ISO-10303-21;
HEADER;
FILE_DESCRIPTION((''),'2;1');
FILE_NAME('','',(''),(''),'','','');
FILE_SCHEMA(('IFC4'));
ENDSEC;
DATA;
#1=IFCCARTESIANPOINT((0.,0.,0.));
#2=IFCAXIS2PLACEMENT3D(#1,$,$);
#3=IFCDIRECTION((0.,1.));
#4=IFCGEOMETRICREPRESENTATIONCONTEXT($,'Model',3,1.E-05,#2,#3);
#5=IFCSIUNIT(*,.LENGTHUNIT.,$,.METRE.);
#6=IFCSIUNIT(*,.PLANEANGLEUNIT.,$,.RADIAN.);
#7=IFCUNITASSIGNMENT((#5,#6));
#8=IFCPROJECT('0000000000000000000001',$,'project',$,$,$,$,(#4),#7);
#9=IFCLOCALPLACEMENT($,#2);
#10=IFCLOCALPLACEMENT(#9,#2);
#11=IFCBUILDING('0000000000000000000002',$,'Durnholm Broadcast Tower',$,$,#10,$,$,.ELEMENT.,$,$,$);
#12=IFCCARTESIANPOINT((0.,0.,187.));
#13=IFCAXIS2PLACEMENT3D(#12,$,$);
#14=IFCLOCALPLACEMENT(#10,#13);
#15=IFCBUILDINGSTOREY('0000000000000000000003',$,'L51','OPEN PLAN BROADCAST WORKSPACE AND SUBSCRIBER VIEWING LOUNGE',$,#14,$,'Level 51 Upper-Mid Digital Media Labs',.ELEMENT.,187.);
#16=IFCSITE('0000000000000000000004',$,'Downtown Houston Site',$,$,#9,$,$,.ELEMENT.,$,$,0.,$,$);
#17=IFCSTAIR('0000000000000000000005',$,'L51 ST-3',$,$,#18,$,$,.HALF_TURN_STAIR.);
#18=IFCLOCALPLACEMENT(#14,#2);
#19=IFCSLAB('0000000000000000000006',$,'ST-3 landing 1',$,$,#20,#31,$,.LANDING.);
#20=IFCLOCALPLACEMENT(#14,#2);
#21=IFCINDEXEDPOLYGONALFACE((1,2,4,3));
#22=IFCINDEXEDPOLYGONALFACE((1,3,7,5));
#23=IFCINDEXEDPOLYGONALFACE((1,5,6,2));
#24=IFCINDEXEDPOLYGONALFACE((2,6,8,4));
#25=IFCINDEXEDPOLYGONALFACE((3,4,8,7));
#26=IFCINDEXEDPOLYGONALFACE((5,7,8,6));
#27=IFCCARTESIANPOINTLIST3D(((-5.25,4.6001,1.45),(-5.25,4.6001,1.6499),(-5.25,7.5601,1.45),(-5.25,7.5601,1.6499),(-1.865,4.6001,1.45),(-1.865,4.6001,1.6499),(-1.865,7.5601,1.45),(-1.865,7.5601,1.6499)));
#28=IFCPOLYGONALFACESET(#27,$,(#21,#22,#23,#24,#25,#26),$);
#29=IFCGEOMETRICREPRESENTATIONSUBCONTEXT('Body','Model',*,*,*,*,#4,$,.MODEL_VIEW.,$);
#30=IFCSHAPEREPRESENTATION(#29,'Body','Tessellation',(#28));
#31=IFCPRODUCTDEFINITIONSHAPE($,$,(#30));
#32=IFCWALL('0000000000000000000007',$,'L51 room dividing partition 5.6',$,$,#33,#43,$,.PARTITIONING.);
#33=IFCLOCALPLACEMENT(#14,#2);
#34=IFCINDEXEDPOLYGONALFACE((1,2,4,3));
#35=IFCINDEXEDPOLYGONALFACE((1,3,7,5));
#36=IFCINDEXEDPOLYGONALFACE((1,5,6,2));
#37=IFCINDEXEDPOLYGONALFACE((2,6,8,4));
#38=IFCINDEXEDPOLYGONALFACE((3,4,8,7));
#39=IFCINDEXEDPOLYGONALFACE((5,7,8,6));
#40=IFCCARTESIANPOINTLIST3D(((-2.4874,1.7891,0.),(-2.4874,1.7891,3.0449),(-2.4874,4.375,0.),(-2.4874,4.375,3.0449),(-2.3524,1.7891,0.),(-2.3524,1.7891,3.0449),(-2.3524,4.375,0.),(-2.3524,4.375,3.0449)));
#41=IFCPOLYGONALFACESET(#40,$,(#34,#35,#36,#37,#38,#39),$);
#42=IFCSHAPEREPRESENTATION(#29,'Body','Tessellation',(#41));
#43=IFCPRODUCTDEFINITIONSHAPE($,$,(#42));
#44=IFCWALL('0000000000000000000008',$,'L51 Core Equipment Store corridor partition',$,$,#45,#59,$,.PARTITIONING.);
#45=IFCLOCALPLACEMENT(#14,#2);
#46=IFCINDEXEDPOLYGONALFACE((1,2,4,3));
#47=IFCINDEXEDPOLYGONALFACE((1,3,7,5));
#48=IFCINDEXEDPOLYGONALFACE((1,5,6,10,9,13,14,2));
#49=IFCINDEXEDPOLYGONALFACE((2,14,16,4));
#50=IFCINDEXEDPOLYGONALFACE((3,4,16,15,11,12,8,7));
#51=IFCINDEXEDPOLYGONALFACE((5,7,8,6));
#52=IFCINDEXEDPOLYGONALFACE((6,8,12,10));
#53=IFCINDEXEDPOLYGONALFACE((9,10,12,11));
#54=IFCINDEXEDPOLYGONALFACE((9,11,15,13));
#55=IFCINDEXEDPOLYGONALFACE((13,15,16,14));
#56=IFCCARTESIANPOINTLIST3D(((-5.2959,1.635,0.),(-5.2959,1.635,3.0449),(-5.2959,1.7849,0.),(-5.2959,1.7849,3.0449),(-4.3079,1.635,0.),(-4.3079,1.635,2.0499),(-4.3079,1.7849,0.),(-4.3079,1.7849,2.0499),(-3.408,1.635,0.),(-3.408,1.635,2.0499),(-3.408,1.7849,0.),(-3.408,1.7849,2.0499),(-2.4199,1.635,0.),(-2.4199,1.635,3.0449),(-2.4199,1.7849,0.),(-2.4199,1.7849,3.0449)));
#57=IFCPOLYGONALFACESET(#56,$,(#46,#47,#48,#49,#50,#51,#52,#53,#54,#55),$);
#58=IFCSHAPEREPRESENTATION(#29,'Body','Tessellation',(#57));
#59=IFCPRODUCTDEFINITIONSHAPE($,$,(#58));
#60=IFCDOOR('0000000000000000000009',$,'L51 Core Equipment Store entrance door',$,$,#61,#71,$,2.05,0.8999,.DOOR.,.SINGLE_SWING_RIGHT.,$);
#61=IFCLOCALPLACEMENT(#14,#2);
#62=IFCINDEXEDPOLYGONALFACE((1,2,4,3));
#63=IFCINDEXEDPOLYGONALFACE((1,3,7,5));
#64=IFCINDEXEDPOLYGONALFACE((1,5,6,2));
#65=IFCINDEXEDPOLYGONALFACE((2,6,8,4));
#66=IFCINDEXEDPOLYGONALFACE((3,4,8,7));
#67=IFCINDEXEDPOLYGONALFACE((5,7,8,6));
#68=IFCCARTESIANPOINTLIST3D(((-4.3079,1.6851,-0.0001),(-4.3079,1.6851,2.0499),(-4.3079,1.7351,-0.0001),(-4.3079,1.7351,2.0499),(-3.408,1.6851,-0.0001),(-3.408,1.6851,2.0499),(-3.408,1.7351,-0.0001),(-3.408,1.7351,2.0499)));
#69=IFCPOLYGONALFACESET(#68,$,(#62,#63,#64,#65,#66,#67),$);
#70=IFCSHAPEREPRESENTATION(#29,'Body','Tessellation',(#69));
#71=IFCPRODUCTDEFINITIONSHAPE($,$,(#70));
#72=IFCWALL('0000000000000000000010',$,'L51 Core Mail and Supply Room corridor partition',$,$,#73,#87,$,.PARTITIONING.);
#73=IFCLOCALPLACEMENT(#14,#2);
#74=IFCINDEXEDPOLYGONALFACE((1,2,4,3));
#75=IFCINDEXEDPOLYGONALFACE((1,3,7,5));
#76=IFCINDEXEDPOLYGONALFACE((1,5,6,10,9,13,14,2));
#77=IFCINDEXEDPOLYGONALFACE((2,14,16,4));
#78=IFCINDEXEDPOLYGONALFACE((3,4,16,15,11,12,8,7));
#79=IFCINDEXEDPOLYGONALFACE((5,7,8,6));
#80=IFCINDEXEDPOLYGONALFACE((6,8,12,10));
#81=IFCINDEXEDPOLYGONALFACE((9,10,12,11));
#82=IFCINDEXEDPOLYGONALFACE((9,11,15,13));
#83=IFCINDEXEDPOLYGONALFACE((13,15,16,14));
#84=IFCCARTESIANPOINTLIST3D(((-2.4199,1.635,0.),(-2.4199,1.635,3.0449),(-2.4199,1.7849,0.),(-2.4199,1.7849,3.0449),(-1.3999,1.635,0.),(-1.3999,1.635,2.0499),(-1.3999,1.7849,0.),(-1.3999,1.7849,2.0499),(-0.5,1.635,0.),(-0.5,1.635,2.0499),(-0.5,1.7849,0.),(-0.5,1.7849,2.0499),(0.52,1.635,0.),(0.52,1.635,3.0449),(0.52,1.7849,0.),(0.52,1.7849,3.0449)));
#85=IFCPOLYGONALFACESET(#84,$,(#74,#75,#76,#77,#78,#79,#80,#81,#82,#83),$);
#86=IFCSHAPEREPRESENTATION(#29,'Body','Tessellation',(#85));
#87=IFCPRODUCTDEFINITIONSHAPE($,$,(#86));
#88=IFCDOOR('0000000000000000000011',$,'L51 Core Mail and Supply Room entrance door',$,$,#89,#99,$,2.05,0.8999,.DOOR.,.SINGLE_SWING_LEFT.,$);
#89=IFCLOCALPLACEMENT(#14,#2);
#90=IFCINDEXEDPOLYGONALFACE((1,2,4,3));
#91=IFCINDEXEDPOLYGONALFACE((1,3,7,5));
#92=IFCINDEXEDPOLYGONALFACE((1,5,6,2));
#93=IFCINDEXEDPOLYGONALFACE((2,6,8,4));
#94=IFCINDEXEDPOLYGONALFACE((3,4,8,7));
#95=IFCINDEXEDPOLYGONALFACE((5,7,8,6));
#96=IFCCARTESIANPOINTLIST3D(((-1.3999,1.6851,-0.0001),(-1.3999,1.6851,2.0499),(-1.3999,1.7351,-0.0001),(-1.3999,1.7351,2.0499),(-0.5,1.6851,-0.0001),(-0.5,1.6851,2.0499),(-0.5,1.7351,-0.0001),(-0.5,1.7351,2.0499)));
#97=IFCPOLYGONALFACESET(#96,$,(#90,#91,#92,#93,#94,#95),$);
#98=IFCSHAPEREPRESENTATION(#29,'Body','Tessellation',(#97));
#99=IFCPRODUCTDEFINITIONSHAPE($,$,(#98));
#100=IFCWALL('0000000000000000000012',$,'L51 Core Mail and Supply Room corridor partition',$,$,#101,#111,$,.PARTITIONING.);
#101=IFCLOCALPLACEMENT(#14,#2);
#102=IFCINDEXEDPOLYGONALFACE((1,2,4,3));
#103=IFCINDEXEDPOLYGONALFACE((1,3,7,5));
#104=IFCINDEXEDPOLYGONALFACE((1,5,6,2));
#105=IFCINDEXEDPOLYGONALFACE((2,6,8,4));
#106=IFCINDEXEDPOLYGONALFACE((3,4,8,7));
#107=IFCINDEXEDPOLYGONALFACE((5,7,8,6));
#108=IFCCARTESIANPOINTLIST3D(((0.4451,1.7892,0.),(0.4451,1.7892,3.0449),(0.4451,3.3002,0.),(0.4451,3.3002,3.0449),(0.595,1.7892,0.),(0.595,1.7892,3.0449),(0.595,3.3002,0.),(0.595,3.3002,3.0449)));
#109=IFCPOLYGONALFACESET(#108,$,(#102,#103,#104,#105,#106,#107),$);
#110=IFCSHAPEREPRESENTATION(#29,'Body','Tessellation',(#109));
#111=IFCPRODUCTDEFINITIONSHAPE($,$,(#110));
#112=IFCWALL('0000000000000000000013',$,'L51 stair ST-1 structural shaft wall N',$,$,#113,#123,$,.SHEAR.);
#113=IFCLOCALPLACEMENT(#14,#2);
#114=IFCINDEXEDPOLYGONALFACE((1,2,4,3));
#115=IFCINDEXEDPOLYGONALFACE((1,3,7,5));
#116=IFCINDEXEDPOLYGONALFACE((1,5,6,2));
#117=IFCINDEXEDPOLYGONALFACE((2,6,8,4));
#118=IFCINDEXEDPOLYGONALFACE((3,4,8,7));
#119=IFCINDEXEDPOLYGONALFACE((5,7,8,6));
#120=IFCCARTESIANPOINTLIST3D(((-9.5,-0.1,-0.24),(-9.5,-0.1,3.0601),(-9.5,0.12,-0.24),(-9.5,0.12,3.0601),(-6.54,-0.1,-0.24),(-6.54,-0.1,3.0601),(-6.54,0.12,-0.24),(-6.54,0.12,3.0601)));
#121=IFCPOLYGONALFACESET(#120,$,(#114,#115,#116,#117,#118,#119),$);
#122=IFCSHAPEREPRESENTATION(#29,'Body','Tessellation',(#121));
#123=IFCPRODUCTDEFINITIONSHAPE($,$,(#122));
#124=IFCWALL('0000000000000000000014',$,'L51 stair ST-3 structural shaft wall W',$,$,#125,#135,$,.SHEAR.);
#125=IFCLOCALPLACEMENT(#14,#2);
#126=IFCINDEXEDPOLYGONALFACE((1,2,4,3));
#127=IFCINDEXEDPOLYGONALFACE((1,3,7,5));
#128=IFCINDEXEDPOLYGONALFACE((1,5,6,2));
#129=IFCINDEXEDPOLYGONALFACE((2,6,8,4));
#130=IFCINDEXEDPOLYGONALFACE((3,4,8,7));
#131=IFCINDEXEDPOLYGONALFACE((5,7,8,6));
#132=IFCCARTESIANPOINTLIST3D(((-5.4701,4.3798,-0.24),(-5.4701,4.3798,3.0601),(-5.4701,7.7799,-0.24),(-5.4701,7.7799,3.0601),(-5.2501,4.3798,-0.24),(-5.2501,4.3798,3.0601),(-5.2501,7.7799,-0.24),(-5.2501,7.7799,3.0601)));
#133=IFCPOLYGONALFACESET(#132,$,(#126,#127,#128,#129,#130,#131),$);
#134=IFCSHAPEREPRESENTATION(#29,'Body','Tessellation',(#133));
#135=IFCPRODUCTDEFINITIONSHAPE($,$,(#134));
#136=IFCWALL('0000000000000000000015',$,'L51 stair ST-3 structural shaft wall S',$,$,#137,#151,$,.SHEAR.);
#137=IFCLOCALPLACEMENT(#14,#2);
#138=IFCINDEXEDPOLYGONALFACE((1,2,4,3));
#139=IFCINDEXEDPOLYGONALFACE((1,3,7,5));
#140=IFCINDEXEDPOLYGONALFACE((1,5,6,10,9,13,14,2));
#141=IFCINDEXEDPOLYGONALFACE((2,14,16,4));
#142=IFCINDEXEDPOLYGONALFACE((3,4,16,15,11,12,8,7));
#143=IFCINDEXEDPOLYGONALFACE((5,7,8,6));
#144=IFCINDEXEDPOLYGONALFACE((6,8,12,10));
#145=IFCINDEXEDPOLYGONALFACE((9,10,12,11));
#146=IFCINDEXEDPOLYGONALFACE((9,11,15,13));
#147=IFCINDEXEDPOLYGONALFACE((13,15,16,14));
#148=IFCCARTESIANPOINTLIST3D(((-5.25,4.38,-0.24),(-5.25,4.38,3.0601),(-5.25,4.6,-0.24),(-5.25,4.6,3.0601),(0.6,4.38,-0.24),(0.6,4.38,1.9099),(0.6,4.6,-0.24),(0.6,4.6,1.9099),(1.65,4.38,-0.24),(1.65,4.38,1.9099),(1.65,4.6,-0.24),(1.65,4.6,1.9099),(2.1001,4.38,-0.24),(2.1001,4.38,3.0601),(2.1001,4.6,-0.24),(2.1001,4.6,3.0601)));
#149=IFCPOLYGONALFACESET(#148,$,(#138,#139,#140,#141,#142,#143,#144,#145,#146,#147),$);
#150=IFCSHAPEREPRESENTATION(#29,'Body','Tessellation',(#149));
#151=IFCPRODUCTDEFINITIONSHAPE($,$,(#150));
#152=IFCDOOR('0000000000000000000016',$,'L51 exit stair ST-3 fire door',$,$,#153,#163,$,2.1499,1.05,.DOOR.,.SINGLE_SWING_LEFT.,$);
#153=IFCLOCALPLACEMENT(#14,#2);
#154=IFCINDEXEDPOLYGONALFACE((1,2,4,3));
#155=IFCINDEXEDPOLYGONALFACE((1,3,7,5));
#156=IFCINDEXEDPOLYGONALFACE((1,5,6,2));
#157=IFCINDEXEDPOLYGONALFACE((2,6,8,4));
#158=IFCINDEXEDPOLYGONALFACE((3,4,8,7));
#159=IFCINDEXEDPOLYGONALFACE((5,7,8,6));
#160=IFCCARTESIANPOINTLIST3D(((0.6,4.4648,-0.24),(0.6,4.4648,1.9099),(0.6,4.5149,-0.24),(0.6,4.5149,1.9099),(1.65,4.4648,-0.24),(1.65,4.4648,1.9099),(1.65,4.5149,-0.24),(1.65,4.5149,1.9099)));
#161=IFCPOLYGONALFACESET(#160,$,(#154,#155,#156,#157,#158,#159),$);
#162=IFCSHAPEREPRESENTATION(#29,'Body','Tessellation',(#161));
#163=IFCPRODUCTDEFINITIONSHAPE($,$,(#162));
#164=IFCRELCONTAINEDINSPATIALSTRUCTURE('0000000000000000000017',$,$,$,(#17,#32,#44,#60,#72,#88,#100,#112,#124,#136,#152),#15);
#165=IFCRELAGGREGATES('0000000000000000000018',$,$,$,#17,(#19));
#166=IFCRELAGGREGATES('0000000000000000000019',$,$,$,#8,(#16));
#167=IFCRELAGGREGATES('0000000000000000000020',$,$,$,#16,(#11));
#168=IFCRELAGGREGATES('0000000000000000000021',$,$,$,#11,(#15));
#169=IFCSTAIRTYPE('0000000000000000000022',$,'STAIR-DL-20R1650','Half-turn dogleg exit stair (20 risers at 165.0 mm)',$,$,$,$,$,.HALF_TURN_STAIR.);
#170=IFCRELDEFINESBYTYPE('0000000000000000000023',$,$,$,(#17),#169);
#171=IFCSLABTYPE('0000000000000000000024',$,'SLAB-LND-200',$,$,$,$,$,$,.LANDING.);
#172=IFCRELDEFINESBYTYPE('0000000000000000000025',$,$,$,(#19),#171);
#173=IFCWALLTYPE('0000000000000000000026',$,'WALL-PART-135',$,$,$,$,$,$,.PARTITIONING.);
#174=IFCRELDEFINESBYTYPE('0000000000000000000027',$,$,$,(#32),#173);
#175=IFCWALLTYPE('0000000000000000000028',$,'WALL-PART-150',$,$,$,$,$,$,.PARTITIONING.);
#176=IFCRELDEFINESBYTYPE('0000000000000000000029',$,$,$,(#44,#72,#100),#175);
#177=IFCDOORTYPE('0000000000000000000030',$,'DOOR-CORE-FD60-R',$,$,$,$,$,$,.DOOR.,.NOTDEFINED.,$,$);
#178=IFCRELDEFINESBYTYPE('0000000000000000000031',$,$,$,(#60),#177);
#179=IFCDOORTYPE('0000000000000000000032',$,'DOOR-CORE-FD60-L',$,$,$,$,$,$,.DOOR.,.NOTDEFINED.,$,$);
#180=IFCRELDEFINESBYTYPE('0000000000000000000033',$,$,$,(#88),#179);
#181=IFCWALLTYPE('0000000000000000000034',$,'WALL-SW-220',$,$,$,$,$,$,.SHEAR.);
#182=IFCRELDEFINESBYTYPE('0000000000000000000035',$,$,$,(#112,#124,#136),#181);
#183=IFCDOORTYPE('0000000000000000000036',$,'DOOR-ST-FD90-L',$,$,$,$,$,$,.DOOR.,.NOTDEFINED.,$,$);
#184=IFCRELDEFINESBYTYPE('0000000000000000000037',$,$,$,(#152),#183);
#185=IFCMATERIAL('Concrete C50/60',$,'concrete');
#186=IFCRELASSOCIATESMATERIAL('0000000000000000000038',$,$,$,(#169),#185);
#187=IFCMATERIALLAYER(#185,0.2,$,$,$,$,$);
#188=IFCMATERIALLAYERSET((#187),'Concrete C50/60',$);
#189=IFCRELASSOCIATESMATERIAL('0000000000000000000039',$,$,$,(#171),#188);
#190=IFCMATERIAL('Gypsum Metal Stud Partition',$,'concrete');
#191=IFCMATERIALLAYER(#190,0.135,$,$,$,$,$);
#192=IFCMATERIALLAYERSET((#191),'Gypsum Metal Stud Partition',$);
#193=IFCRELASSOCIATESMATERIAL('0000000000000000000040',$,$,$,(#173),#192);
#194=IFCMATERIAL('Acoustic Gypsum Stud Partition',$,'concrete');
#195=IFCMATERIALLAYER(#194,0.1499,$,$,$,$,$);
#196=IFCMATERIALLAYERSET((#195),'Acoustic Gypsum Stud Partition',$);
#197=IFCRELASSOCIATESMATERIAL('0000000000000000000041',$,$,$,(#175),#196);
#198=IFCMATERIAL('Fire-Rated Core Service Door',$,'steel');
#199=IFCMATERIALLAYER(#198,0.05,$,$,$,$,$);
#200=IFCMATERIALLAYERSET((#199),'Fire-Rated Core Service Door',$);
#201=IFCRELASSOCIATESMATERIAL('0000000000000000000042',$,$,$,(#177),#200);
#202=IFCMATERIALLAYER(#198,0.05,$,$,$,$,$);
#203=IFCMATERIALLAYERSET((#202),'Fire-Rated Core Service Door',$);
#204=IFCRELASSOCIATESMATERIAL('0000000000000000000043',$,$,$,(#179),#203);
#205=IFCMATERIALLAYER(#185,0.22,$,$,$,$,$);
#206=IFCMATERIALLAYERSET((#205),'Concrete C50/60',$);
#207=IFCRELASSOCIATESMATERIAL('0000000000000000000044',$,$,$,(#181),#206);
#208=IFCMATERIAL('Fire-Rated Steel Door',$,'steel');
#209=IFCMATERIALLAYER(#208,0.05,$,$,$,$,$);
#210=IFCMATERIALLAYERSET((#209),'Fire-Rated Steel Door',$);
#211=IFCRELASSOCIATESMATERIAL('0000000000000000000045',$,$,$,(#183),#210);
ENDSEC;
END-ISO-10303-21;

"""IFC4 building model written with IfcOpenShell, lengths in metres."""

from ifc_helpers import new_model, si_unit, direction, frame, frame_2d, origin, place, context, subcontext, project, spatial, polyline, rectangle, outline, extrude, source, transform, mapped, material, layer, layer_set, type_object, type_shapes, element, fill, aggregate, save


model = new_model("IFC4")

# Units and contexts
model_context = context("Model", 3, precision=1e-05, world=origin(), true_north=direction((0.0, 1.0)))
body_context = subcontext(model_context, "Body", "Model", "MODEL_VIEW")
ifc_project = project(units=[si_unit("LENGTHUNIT", "METRE"), si_unit("PLANEANGLEUNIT", "RADIAN")], contexts=[model_context])

# Site, building, storey
site_placement = place(None, origin())
site = spatial("IfcSite", under=ifc_project, at=site_placement, Name="Downtown Houston Site", CompositionType="ELEMENT", RefElevation=0.0)
building_placement = place(site_placement, origin())
building = spatial("IfcBuilding", under=site, at=building_placement, Name="Durnholm Broadcast Tower", CompositionType="ELEMENT")
storey_placement = place(building_placement, frame((0.0, 0.0, 187.0)))
storey = spatial("IfcBuildingStorey", under=building, at=storey_placement, Name="L51", Description="OPEN PLAN BROADCAST WORKSPACE AND SUBSCRIBER VIEWING LOUNGE", LongName="Level 51 Upper-Mid Digital Media Labs", CompositionType="ELEMENT", Elevation=187.0)

# Stair, slab
ifc_material_1 = material(Name="Concrete C50/60", Category="concrete")
stair_type = type_object("IfcStairType", Name="STAIR-DL-20R1650", Description="Half-turn dogleg exit stair (20 risers at 165.0 mm)", PredefinedType="HALF_TURN_STAIR", material=ifc_material_1)
stair_placement = place(storey_placement, origin())
stair = element("IfcStair", 1, at=stair_placement, inside=storey, type_object=stair_type, Name="L51 ST-3", PredefinedType="HALF_TURN_STAIR")
ifc_layer_1 = layer(ifc_material_1, 0.2)
ifc_layer_set_1 = layer_set([ifc_layer_1], Name="Concrete C50/60")
slab_type = type_object("IfcSlabType", Name="SLAB-LND-200", PredefinedType="LANDING", material=ifc_layer_set_1)
slab_placement = place(storey_placement, frame((0.0, 0.0, 1.45)))
slab = element("IfcSlab", 2, at=slab_placement, type_object=slab_type, Name="ST-3 landing 1", PredefinedType="LANDING", context=body_context, shape_type="SweptSolid", body=[
    extrude(outline(polyline([(-1.865, 7.5601), (-5.25, 7.5601), (-5.25, 4.6001), (-1.865, 4.6001), (-1.865, 7.5601)])), origin(), (0.0, 0.0, 1.0), 0.2),
])

# Wall
ifc_material_2 = material(Name="Gypsum Metal Stud Partition", Category="concrete")
ifc_layer_2 = layer(ifc_material_2, 0.135)
ifc_layer_set_2 = layer_set([ifc_layer_2], Name="Gypsum Metal Stud Partition")
wall_type_1 = type_object("IfcWallType", Name="WALL-PART-135", PredefinedType="PARTITIONING", material=ifc_layer_set_2)
wall_1_placement = place(storey_placement, frame((-2.4199, 4.375, 0.0), z_axis=(0.0, 0.0, 1.0), x_axis=(0.0, -1.0, 0.0)))
element("IfcWall", 3, at=wall_1_placement, inside=storey, type_object=wall_type_1, Name="L51 room dividing partition 5.6", PredefinedType="PARTITIONING", context=body_context, shape_type="SweptSolid", body=[
    extrude(rectangle(XDim=2.5859, YDim=0.135, at=frame_2d((1.293, 0.0))), origin(), (0.0, 0.0, 1.0), 3.0449),
])

# Walls, openings, doors
ifc_material_3 = material(Name="Acoustic Gypsum Stud Partition", Category="concrete")
ifc_layer_3 = layer(ifc_material_3, 0.1499)
ifc_layer_set_3 = layer_set([ifc_layer_3], Name="Acoustic Gypsum Stud Partition")
wall_type_2 = type_object("IfcWallType", Name="WALL-PART-150", PredefinedType="PARTITIONING", material=ifc_layer_set_3)
wall_2_placement = place(storey_placement, frame((-2.4199, 1.71, 0.0), z_axis=(0.0, 0.0, 1.0), x_axis=(-1.0, 0.0, 0.0)))
wall_2 = element("IfcWall", 4, at=wall_2_placement, inside=storey, type_object=wall_type_2, Name="L51 Core Equipment Store corridor partition", PredefinedType="PARTITIONING", context=body_context, shape_type="SweptSolid", body=[
    extrude(rectangle(XDim=2.876, YDim=0.1499, at=frame_2d((1.438, 0.0))), origin(), (0.0, 0.0, 1.0), 3.0449),
])
opening_1_placement = place(wall_2_placement, frame((0.988, 0.0, 0.0)))
opening_1 = element("IfcOpeningElement", 5, at=opening_1_placement, cuts=wall_2, PredefinedType="OPENING", context=body_context, shape_type="SweptSolid", body=[
    extrude(rectangle(XDim=0.8999, YDim=2.05, at=frame_2d((0.45, 1.0249))), frame((0.0, 0.085, 0.0), z_axis=(0.0, -1.0, 0.0), x_axis=(1.0, 0.0, 0.0)), (0.0, 0.0, 1.0), 0.1699),
])
ifc_material_4 = material(Name="Fire-Rated Core Service Door", Category="steel")
ifc_layer_4 = layer(ifc_material_4, 0.05)
ifc_layer_set_4 = layer_set([ifc_layer_4], Name="Fire-Rated Core Service Door")
door_type_1 = type_object("IfcDoorType", Name="DOOR-CORE-FD60-R", OperationType="NOTDEFINED", PredefinedType="DOOR", material=ifc_layer_set_4)
shared_shape_1 = source(origin(), body_context, "Body", "SweptSolid", [
    extrude(rectangle(XDim=0.8999, YDim=2.05, at=frame_2d((0.45, 1.0249))), frame((0.0, 0.0249, 0.0), z_axis=(0.0, -1.0, 0.0), x_axis=(1.0, 0.0, 0.0)), (0.0, 0.0, 1.0), 0.05),
])
type_shapes(door_type_1, [shared_shape_1])
door_1_placement = place(opening_1_placement, origin())
door_1 = element("IfcDoor", 6, at=door_1_placement, inside=storey, type_object=door_type_1, Name="L51 Core Equipment Store entrance door", OperationType="SINGLE_SWING_RIGHT", OverallHeight=2.05, OverallWidth=0.8999, PredefinedType="DOOR", context=body_context, shape_type="MappedRepresentation", body=[
    mapped(shared_shape_1, transform((0.0, 0.0, 0.0), x_axis=(1.0, 0.0, 0.0), y_axis=(0.0, 1.0, 0.0), z_axis=(0.0, 0.0, 1.0), scale=1.0)),
])
fill(opening_1, door_1)
wall_3_placement = place(storey_placement, frame((0.52, 1.71, 0.0), z_axis=(0.0, 0.0, 1.0), x_axis=(-1.0, 0.0, 0.0)))
wall_3 = element("IfcWall", 7, at=wall_3_placement, inside=storey, type_object=wall_type_2, Name="L51 Core Mail and Supply Room corridor partition", PredefinedType="PARTITIONING", context=body_context, shape_type="SweptSolid", body=[
    extrude(rectangle(XDim=2.9399, YDim=0.1499, at=frame_2d((1.47, 0.0))), origin(), (0.0, 0.0, 1.0), 3.0449),
])
opening_2_placement = place(wall_3_placement, frame((1.02, 0.0, 0.0)))
opening_2 = element("IfcOpeningElement", 8, at=opening_2_placement, cuts=wall_3, PredefinedType="OPENING", context=body_context, shape_type="SweptSolid", body=[
    extrude(rectangle(XDim=0.8999, YDim=2.05, at=frame_2d((0.45, 1.0249))), frame((0.0, 0.085, 0.0), z_axis=(0.0, -1.0, 0.0), x_axis=(1.0, 0.0, 0.0)), (0.0, 0.0, 1.0), 0.1699),
])
ifc_layer_5 = layer(ifc_material_4, 0.05)
ifc_layer_set_5 = layer_set([ifc_layer_5], Name="Fire-Rated Core Service Door")
door_type_2 = type_object("IfcDoorType", Name="DOOR-CORE-FD60-L", OperationType="NOTDEFINED", PredefinedType="DOOR", material=ifc_layer_set_5)
shared_shape_2 = source(origin(), body_context, "Body", "SweptSolid", [
    extrude(rectangle(XDim=0.8999, YDim=2.05, at=frame_2d((0.45, 1.0249))), frame((0.0, 0.0249, 0.0), z_axis=(0.0, -1.0, 0.0), x_axis=(1.0, 0.0, 0.0)), (0.0, 0.0, 1.0), 0.05),
])
type_shapes(door_type_2, [shared_shape_2])
door_2_placement = place(opening_2_placement, origin())
door_2 = element("IfcDoor", 9, at=door_2_placement, inside=storey, type_object=door_type_2, Name="L51 Core Mail and Supply Room entrance door", OperationType="SINGLE_SWING_LEFT", OverallHeight=2.05, OverallWidth=0.8999, PredefinedType="DOOR", context=body_context, shape_type="MappedRepresentation", body=[
    mapped(shared_shape_2, transform((0.0, 0.0, 0.0), x_axis=(1.0, 0.0, 0.0), y_axis=(0.0, 1.0, 0.0), z_axis=(0.0, 0.0, 1.0), scale=1.0)),
])
fill(opening_2, door_2)

# Walls
wall_4_placement = place(storey_placement, frame((0.52, 3.3, 0.0), z_axis=(0.0, 0.0, 1.0), x_axis=(0.0, -1.0, 0.0)))
element("IfcWall", 10, at=wall_4_placement, inside=storey, type_object=wall_type_2, Name="L51 Core Mail and Supply Room corridor partition", PredefinedType="PARTITIONING", context=body_context, shape_type="SweptSolid", body=[
    extrude(rectangle(XDim=1.511, YDim=0.1499, at=frame_2d((0.7554, 0.0))), origin(), (0.0, 0.0, 1.0), 3.0449),
])
ifc_layer_6 = layer(ifc_material_1, 0.22)
ifc_layer_set_6 = layer_set([ifc_layer_6], Name="Concrete C50/60")
wall_type_3 = type_object("IfcWallType", Name="WALL-SW-220", PredefinedType="SHEAR", material=ifc_layer_set_6)
wall_5_placement = place(storey_placement, frame((-6.54, 0.01, -0.24), z_axis=(0.0, 0.0, 1.0), x_axis=(-1.0, 0.0, 0.0)))
element("IfcWall", 11, at=wall_5_placement, inside=storey, type_object=wall_type_3, Name="L51 stair ST-1 structural shaft wall N", PredefinedType="SHEAR", context=body_context, shape_type="SweptSolid", body=[
    extrude(rectangle(XDim=2.96, YDim=0.22, at=frame_2d((1.48, 0.0))), origin(), (0.0, 0.0, 1.0), 3.3),
])
wall_6_placement = place(storey_placement, frame((-5.3601, 7.78, -0.24), z_axis=(0.0, 0.0, 1.0), x_axis=(0.0, -1.0, 0.0)))
element("IfcWall", 12, at=wall_6_placement, inside=storey, type_object=wall_type_3, Name="L51 stair ST-3 structural shaft wall W", PredefinedType="SHEAR", context=body_context, shape_type="SweptSolid", body=[
    extrude(rectangle(XDim=3.4001, YDim=0.22, at=frame_2d((1.7002, 0.0))), origin(), (0.0, 0.0, 1.0), 3.3),
])

# Wall, opening, door
wall_7_placement = place(storey_placement, frame((-5.25, 4.49, -0.24), z_axis=(0.0, 0.0, 1.0), x_axis=(1.0, 0.0, 0.0)))
wall_7 = element("IfcWall", 13, at=wall_7_placement, inside=storey, type_object=wall_type_3, Name="L51 stair ST-3 structural shaft wall S", PredefinedType="SHEAR", context=body_context, shape_type="SweptSolid", body=[
    extrude(rectangle(XDim=7.3501, YDim=0.22, at=frame_2d((3.675, 0.0))), origin(), (0.0, 0.0, 1.0), 3.3),
])
opening_3_placement = place(wall_7_placement, frame((5.8501, 0.0, 0.0)))
opening_3 = element("IfcOpeningElement", 14, at=opening_3_placement, cuts=wall_7, PredefinedType="OPENING", context=body_context, shape_type="SweptSolid", body=[
    extrude(rectangle(XDim=1.05, YDim=2.1499, at=frame_2d((0.5249, 1.075))), frame((0.0, 0.1201, 0.0), z_axis=(0.0, -1.0, 0.0), x_axis=(1.0, 0.0, 0.0)), (0.0, 0.0, 1.0), 0.24),
])
ifc_material_5 = material(Name="Fire-Rated Steel Door", Category="steel")
ifc_layer_7 = layer(ifc_material_5, 0.05)
ifc_layer_set_7 = layer_set([ifc_layer_7], Name="Fire-Rated Steel Door")
door_type_3 = type_object("IfcDoorType", Name="DOOR-ST-FD90-L", OperationType="NOTDEFINED", PredefinedType="DOOR", material=ifc_layer_set_7)
shared_shape_3 = source(origin(), body_context, "Body", "SweptSolid", [
    extrude(rectangle(XDim=1.05, YDim=2.1499, at=frame_2d((0.5249, 1.075))), frame((0.0, 0.0249, 0.0), z_axis=(0.0, -1.0, 0.0), x_axis=(1.0, 0.0, 0.0)), (0.0, 0.0, 1.0), 0.05),
])
type_shapes(door_type_3, [shared_shape_3])
door_3_placement = place(opening_3_placement, origin())
door_3 = element("IfcDoor", 15, at=door_3_placement, inside=storey, type_object=door_type_3, Name="L51 exit stair ST-3 fire door", OperationType="SINGLE_SWING_LEFT", OverallHeight=2.1499, OverallWidth=1.05, PredefinedType="DOOR", context=body_context, shape_type="MappedRepresentation", body=[
    mapped(shared_shape_3, transform((0.0, 0.0, 0.0), x_axis=(1.0, 0.0, 0.0), y_axis=(0.0, 1.0, 0.0), z_axis=(0.0, 0.0, 1.0), scale=1.0)),
])
fill(opening_3, door_3)

aggregate(stair, [slab])

save(model, "model.ifc")
